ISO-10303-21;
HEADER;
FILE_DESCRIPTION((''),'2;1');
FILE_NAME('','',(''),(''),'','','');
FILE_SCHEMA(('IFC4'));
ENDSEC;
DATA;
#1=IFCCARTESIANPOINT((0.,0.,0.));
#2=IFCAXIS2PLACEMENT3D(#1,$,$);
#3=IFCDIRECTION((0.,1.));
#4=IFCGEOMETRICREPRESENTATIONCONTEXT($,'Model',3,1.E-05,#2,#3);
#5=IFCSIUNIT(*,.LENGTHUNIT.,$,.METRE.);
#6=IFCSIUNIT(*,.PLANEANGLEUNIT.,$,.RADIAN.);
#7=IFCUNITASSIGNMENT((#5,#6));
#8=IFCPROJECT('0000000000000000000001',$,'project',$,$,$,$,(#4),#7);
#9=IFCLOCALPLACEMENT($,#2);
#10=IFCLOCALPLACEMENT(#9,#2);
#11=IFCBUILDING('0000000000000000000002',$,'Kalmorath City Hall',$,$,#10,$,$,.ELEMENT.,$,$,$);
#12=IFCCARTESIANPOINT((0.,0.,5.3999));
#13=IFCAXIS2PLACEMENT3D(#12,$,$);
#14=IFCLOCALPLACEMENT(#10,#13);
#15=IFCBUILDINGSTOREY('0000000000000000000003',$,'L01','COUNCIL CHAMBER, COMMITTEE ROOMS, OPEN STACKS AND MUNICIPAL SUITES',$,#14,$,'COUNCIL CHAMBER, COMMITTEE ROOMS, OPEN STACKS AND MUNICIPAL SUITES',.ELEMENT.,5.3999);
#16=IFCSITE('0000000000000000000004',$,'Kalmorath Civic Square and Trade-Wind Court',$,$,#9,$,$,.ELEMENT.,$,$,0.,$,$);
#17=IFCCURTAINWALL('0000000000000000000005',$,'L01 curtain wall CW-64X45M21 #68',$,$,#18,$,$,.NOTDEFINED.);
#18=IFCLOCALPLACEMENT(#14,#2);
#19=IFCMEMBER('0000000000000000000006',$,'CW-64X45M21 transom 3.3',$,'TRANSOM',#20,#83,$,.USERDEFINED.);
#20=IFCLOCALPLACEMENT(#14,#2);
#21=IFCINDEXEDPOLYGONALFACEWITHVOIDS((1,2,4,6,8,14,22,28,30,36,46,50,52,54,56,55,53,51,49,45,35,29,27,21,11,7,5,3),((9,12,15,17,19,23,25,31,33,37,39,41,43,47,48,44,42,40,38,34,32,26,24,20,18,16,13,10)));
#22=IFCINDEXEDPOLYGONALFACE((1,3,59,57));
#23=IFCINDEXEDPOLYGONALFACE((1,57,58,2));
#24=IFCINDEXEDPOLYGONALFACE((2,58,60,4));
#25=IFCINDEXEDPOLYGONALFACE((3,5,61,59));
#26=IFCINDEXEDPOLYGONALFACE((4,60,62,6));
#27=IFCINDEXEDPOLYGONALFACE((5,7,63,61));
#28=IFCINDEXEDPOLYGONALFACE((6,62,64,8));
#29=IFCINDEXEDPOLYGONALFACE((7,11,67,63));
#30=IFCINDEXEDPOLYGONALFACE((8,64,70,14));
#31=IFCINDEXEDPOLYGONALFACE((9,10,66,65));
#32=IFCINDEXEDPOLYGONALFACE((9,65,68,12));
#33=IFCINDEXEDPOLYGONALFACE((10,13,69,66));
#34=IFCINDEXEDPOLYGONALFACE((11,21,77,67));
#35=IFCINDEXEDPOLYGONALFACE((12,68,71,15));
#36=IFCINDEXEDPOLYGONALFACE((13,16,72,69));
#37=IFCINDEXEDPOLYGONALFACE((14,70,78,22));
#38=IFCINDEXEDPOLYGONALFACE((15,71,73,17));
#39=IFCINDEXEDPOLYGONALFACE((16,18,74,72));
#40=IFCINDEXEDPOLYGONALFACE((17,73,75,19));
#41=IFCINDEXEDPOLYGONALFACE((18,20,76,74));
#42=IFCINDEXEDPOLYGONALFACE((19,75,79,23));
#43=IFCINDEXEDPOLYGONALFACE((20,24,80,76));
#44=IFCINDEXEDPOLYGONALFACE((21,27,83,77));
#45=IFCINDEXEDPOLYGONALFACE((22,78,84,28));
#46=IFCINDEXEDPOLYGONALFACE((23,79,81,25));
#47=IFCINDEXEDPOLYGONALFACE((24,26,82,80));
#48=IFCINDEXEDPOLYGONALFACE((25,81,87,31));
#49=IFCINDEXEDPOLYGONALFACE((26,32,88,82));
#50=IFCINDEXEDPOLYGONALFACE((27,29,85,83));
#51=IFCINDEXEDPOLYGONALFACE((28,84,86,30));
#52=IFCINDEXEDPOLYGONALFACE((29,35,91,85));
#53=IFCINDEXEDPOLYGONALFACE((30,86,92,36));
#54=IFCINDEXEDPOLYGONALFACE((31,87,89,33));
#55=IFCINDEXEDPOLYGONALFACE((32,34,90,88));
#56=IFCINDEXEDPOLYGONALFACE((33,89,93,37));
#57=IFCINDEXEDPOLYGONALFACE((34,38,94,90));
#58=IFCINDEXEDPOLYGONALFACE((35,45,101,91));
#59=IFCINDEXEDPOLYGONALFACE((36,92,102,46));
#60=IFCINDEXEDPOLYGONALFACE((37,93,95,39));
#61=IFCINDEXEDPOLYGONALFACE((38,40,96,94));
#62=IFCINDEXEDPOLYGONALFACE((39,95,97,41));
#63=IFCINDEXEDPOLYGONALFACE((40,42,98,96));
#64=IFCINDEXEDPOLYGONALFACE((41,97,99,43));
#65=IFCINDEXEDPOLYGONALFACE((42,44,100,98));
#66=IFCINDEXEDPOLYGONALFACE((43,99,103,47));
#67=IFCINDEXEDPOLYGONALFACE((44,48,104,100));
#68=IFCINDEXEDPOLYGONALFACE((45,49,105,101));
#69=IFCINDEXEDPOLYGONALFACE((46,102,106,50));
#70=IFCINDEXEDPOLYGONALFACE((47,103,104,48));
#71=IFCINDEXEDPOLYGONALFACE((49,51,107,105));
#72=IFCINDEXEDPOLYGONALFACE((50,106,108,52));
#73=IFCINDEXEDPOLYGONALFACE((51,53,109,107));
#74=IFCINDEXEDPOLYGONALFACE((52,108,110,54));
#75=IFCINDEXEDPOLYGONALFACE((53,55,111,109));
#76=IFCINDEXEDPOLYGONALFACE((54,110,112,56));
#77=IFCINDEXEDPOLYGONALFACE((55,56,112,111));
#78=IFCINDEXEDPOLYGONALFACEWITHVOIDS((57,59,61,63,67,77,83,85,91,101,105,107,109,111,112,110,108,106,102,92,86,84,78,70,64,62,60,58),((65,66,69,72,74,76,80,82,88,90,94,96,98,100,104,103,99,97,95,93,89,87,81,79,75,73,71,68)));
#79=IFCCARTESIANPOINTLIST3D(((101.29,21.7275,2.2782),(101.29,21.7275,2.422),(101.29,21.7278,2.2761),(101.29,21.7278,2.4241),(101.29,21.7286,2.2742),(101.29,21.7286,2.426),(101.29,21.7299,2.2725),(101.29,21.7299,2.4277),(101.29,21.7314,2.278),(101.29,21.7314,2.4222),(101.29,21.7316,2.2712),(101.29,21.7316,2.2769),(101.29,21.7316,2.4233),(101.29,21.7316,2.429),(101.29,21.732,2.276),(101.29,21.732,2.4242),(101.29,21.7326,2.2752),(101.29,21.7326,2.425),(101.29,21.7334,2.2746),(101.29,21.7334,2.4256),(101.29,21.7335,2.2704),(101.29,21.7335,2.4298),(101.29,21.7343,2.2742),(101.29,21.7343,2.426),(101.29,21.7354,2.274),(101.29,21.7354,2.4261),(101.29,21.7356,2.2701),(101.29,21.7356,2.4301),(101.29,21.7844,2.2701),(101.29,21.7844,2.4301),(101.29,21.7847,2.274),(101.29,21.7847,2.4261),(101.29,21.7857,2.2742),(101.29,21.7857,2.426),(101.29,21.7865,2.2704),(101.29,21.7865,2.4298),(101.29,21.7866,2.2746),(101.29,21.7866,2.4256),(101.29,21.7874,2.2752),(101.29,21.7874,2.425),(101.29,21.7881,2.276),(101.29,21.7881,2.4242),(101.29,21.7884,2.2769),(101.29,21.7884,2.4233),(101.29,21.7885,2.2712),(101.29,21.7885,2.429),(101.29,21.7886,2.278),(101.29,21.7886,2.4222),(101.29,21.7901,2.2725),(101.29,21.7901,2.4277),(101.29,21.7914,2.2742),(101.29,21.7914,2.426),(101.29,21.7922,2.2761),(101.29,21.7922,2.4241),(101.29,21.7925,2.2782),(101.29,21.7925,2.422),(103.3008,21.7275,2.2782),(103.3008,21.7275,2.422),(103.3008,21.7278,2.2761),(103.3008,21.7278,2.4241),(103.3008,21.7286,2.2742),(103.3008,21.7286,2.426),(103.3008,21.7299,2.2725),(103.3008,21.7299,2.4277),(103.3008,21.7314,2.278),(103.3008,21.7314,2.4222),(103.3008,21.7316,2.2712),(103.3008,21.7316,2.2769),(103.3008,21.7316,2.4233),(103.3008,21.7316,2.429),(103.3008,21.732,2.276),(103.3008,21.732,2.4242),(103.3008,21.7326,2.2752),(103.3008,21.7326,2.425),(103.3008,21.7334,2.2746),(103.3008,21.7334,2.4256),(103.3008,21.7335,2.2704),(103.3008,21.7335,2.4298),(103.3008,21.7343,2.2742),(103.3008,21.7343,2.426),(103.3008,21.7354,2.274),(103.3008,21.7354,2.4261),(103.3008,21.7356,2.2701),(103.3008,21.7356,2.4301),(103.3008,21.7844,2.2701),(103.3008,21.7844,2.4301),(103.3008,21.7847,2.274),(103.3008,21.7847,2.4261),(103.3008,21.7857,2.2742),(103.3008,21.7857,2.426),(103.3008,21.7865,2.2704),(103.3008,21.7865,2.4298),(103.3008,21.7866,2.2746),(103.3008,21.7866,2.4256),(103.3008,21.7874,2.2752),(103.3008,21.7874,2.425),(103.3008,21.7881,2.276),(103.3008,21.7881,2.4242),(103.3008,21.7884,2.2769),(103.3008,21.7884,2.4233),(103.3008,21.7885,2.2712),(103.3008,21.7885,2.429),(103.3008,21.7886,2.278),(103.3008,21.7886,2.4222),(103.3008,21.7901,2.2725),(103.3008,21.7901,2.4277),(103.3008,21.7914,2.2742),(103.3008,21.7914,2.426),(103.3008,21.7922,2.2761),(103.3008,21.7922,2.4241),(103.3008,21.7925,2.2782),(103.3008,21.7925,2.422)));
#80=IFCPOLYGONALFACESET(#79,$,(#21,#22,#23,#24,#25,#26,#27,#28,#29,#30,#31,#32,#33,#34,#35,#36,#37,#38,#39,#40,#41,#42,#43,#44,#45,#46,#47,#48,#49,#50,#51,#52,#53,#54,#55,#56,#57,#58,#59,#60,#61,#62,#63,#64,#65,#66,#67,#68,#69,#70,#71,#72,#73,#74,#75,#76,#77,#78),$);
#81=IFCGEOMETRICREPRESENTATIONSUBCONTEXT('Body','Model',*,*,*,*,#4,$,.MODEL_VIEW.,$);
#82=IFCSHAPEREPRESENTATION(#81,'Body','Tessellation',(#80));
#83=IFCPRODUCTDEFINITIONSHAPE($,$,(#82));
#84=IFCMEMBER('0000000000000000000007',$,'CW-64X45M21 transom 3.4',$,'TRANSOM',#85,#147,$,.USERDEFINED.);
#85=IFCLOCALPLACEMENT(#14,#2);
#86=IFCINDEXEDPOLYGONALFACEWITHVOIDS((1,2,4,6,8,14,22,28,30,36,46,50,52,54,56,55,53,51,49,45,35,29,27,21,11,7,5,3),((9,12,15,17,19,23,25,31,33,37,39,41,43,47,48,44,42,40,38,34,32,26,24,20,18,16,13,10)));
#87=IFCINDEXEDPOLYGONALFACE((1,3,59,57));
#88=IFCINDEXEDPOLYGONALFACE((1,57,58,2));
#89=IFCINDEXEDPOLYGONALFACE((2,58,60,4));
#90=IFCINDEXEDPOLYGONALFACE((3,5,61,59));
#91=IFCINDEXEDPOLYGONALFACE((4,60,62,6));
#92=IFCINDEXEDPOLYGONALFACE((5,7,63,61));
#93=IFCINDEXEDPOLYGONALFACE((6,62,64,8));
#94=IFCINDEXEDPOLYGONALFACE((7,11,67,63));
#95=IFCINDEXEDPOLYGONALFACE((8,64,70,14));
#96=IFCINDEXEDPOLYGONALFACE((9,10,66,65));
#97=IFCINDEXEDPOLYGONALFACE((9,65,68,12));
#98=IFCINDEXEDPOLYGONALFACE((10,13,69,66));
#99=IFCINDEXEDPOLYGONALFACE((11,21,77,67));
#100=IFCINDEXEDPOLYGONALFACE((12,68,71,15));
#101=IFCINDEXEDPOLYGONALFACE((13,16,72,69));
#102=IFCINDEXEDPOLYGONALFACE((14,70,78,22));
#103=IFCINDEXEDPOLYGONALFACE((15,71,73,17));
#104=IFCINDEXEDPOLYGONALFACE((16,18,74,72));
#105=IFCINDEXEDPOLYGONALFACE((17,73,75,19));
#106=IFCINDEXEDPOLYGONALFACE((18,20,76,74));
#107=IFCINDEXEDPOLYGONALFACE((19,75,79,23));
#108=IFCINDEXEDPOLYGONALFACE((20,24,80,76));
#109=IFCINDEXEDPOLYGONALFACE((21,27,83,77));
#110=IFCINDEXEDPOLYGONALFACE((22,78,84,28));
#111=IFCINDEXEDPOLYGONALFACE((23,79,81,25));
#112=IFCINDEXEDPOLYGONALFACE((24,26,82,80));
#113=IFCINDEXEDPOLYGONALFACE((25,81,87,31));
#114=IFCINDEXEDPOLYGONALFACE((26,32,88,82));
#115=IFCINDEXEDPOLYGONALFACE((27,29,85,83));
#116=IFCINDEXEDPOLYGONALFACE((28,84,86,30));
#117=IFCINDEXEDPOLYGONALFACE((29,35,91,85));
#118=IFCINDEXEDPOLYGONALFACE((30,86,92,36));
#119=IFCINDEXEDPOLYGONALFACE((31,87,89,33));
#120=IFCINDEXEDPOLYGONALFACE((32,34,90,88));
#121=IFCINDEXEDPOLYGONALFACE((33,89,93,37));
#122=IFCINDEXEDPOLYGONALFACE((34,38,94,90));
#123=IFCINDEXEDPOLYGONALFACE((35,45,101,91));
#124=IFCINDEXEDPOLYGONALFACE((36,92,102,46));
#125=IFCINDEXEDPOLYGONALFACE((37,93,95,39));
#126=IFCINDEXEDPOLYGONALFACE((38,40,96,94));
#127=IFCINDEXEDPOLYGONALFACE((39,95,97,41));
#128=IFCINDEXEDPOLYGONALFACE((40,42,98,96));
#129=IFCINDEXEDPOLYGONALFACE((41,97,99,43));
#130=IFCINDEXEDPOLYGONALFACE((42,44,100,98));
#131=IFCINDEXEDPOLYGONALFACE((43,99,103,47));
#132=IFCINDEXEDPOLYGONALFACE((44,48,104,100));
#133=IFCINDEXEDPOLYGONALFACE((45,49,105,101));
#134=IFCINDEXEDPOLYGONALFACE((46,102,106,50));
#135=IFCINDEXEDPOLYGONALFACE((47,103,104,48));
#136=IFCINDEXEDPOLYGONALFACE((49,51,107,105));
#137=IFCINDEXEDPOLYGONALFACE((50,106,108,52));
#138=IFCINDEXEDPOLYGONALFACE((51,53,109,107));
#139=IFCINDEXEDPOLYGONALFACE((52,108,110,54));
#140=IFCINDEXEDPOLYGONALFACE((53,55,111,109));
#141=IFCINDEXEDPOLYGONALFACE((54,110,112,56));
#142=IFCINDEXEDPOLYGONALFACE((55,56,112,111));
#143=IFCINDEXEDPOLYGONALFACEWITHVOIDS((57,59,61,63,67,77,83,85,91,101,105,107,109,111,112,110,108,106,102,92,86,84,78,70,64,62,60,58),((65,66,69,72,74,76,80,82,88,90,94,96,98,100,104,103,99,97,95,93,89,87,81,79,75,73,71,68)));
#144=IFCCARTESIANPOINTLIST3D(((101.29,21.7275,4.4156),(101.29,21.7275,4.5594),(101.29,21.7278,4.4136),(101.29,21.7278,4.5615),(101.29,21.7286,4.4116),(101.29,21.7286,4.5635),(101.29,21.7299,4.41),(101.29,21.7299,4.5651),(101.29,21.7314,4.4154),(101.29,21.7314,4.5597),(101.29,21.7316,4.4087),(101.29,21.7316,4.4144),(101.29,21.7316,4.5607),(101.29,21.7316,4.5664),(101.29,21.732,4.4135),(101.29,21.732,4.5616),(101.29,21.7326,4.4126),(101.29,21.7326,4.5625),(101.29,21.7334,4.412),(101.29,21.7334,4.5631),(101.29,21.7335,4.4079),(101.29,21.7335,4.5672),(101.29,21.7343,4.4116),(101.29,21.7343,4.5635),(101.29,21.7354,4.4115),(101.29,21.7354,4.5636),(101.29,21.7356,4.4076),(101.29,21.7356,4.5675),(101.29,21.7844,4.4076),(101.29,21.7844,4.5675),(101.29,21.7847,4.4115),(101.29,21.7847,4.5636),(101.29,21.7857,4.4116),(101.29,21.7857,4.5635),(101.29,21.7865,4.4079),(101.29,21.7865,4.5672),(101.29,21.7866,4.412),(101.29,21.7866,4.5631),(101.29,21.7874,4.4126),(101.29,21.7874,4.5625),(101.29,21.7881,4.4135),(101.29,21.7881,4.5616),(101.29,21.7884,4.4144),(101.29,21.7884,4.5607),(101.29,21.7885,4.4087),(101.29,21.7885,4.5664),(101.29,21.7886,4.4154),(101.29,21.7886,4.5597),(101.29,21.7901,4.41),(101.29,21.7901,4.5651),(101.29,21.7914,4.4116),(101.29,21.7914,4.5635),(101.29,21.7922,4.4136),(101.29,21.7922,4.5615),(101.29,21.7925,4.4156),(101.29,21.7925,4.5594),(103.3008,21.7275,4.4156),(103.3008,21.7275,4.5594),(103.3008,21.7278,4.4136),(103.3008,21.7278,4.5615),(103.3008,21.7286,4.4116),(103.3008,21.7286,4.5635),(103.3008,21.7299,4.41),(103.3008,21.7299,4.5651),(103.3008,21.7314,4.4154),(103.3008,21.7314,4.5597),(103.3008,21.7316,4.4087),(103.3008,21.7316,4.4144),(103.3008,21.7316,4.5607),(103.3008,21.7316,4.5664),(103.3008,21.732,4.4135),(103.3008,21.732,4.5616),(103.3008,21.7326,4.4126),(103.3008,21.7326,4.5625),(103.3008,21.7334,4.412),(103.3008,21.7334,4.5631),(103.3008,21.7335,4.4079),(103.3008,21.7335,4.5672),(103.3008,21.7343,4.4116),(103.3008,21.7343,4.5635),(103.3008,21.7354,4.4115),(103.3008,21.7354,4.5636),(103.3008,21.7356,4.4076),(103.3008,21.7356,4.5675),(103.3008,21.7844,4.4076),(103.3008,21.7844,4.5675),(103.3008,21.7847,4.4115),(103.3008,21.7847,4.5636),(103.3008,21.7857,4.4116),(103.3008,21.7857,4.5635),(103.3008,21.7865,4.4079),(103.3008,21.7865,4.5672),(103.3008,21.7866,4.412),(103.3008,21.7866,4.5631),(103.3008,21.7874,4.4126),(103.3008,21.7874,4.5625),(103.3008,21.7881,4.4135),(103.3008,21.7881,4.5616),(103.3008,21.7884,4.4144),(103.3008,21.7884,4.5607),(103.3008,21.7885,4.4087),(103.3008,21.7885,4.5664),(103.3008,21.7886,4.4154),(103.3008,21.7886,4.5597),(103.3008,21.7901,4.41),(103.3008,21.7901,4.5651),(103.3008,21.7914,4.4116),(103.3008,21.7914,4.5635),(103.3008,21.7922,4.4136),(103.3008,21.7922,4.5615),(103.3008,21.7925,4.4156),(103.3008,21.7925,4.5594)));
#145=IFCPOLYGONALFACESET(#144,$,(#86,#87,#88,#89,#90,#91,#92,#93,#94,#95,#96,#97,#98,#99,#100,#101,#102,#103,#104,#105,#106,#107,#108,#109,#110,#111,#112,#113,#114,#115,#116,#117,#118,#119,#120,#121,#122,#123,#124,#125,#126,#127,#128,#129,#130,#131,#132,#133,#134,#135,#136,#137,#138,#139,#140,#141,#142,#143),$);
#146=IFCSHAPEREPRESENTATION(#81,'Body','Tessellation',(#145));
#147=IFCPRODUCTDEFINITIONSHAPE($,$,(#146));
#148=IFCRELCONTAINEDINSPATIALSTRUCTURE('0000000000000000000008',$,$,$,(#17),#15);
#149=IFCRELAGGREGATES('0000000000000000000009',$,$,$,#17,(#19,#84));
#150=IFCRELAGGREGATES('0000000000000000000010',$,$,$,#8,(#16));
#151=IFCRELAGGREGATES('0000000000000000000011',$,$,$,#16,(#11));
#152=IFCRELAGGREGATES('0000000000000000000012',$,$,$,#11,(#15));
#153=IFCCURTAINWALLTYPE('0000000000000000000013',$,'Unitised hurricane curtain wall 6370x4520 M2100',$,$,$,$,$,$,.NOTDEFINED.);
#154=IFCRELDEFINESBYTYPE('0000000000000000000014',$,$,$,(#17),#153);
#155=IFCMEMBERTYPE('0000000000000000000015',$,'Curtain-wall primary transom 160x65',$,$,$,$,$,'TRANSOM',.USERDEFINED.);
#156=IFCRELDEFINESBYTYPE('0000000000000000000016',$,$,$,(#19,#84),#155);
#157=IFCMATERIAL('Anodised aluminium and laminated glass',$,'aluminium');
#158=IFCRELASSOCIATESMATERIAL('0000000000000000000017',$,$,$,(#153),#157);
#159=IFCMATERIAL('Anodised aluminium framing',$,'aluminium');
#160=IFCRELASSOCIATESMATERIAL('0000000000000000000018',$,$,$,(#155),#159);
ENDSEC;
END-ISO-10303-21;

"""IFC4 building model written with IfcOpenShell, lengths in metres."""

from ifc_helpers import new_model, si_unit, direction, frame, origin, origin_2d, place, context, subcontext, project, spatial, hollow_rectangle, extrude, material, material_profile, profile_set, type_object, element, aggregate, save


model = new_model("IFC4")

# Units and contexts
model_context = context("Model", 3, precision=1e-05, world=origin(), true_north=direction((0.0, 1.0)))
body_context = subcontext(model_context, "Body", "Model", "MODEL_VIEW")
ifc_project = project(units=[si_unit("LENGTHUNIT", "METRE"), si_unit("PLANEANGLEUNIT", "RADIAN")], contexts=[model_context])

# Site, building, storey
site_placement = place(None, origin())
site = spatial("IfcSite", under=ifc_project, at=site_placement, Name="Kalmorath Civic Square and Trade-Wind Court", CompositionType="ELEMENT", RefElevation=0.0)
building_placement = place(site_placement, origin())
building = spatial("IfcBuilding", under=site, at=building_placement, Name="Kalmorath City Hall", CompositionType="ELEMENT")
storey_placement = place(building_placement, frame((0.0, 0.0, 5.3999)))
storey = spatial("IfcBuildingStorey", under=building, at=storey_placement, Name="L01", Description="COUNCIL CHAMBER, COMMITTEE ROOMS, OPEN STACKS AND MUNICIPAL SUITES", LongName="COUNCIL CHAMBER, COMMITTEE ROOMS, OPEN STACKS AND MUNICIPAL SUITES", CompositionType="ELEMENT", Elevation=5.3999)

# Curtain wall
ifc_material_1 = material(Name="Anodised aluminium and laminated glass", Category="aluminium")
curtain_wall_type_1 = type_object("IfcCurtainWallType", Name="Unitised hurricane curtain wall 6370x4520 M2100", PredefinedType="NOTDEFINED", material=ifc_material_1)
curtain_wall_1_placement = place(storey_placement, origin())
curtain_wall_1 = element("IfcCurtainWall", 1, at=curtain_wall_1_placement, inside=storey, type_object=curtain_wall_type_1, Name="L01 curtain wall CW-64X45M21 #68", PredefinedType="NOTDEFINED")

# Members
ifc_material_2 = material(Name="Anodised aluminium framing", Category="aluminium")
ifc_material_profile_1 = material_profile(ifc_material_2, hollow_rectangle(XDim=0.0649, YDim=0.1599, WallThickness=0.0039, InnerFilletRadius=0.0039, OuterFilletRadius=0.0081, at=origin_2d()), Name="ALU-TRN-160X65X4")
ifc_profile_set_1 = profile_set([ifc_material_profile_1], Name="Anodised aluminium framing")
member_type_1 = type_object("IfcMemberType", Name="Curtain-wall primary transom 160x65", ElementType="TRANSOM", PredefinedType="USERDEFINED", material=ifc_profile_set_1)
member_1_placement = place(storey_placement, frame((103.3008, 21.76, 2.3501), z_axis=(-1.0, 0.0, 0.0), x_axis=(0.0, -1.0, 0.0)))
member_1 = element("IfcMember", 2, at=member_1_placement, type_object=member_type_1, Name="CW-64X45M21 transom 3.3", ObjectType="TRANSOM", PredefinedType="USERDEFINED", context=body_context, shape_type="SweptSolid", body=[
    extrude(hollow_rectangle(XDim=0.0649, YDim=0.1599, WallThickness=0.0039, InnerFilletRadius=0.0039, OuterFilletRadius=0.0081, at=origin_2d()), origin(), (0.0, 0.0, 1.0), 2.0107),
])
member_2_placement = place(storey_placement, frame((103.3008, 21.76, 4.4875), z_axis=(-1.0, 0.0, 0.0), x_axis=(0.0, -1.0, 0.0)))
member_2 = element("IfcMember", 3, at=member_2_placement, type_object=member_type_1, Name="CW-64X45M21 transom 3.4", ObjectType="TRANSOM", PredefinedType="USERDEFINED", context=body_context, shape_type="SweptSolid", body=[
    extrude(hollow_rectangle(XDim=0.0649, YDim=0.1599, WallThickness=0.0039, InnerFilletRadius=0.0039, OuterFilletRadius=0.0081, at=origin_2d()), origin(), (0.0, 0.0, 1.0), 2.0107),
])

aggregate(curtain_wall_1, [member_1, member_2])

save(model, "model.ifc")
